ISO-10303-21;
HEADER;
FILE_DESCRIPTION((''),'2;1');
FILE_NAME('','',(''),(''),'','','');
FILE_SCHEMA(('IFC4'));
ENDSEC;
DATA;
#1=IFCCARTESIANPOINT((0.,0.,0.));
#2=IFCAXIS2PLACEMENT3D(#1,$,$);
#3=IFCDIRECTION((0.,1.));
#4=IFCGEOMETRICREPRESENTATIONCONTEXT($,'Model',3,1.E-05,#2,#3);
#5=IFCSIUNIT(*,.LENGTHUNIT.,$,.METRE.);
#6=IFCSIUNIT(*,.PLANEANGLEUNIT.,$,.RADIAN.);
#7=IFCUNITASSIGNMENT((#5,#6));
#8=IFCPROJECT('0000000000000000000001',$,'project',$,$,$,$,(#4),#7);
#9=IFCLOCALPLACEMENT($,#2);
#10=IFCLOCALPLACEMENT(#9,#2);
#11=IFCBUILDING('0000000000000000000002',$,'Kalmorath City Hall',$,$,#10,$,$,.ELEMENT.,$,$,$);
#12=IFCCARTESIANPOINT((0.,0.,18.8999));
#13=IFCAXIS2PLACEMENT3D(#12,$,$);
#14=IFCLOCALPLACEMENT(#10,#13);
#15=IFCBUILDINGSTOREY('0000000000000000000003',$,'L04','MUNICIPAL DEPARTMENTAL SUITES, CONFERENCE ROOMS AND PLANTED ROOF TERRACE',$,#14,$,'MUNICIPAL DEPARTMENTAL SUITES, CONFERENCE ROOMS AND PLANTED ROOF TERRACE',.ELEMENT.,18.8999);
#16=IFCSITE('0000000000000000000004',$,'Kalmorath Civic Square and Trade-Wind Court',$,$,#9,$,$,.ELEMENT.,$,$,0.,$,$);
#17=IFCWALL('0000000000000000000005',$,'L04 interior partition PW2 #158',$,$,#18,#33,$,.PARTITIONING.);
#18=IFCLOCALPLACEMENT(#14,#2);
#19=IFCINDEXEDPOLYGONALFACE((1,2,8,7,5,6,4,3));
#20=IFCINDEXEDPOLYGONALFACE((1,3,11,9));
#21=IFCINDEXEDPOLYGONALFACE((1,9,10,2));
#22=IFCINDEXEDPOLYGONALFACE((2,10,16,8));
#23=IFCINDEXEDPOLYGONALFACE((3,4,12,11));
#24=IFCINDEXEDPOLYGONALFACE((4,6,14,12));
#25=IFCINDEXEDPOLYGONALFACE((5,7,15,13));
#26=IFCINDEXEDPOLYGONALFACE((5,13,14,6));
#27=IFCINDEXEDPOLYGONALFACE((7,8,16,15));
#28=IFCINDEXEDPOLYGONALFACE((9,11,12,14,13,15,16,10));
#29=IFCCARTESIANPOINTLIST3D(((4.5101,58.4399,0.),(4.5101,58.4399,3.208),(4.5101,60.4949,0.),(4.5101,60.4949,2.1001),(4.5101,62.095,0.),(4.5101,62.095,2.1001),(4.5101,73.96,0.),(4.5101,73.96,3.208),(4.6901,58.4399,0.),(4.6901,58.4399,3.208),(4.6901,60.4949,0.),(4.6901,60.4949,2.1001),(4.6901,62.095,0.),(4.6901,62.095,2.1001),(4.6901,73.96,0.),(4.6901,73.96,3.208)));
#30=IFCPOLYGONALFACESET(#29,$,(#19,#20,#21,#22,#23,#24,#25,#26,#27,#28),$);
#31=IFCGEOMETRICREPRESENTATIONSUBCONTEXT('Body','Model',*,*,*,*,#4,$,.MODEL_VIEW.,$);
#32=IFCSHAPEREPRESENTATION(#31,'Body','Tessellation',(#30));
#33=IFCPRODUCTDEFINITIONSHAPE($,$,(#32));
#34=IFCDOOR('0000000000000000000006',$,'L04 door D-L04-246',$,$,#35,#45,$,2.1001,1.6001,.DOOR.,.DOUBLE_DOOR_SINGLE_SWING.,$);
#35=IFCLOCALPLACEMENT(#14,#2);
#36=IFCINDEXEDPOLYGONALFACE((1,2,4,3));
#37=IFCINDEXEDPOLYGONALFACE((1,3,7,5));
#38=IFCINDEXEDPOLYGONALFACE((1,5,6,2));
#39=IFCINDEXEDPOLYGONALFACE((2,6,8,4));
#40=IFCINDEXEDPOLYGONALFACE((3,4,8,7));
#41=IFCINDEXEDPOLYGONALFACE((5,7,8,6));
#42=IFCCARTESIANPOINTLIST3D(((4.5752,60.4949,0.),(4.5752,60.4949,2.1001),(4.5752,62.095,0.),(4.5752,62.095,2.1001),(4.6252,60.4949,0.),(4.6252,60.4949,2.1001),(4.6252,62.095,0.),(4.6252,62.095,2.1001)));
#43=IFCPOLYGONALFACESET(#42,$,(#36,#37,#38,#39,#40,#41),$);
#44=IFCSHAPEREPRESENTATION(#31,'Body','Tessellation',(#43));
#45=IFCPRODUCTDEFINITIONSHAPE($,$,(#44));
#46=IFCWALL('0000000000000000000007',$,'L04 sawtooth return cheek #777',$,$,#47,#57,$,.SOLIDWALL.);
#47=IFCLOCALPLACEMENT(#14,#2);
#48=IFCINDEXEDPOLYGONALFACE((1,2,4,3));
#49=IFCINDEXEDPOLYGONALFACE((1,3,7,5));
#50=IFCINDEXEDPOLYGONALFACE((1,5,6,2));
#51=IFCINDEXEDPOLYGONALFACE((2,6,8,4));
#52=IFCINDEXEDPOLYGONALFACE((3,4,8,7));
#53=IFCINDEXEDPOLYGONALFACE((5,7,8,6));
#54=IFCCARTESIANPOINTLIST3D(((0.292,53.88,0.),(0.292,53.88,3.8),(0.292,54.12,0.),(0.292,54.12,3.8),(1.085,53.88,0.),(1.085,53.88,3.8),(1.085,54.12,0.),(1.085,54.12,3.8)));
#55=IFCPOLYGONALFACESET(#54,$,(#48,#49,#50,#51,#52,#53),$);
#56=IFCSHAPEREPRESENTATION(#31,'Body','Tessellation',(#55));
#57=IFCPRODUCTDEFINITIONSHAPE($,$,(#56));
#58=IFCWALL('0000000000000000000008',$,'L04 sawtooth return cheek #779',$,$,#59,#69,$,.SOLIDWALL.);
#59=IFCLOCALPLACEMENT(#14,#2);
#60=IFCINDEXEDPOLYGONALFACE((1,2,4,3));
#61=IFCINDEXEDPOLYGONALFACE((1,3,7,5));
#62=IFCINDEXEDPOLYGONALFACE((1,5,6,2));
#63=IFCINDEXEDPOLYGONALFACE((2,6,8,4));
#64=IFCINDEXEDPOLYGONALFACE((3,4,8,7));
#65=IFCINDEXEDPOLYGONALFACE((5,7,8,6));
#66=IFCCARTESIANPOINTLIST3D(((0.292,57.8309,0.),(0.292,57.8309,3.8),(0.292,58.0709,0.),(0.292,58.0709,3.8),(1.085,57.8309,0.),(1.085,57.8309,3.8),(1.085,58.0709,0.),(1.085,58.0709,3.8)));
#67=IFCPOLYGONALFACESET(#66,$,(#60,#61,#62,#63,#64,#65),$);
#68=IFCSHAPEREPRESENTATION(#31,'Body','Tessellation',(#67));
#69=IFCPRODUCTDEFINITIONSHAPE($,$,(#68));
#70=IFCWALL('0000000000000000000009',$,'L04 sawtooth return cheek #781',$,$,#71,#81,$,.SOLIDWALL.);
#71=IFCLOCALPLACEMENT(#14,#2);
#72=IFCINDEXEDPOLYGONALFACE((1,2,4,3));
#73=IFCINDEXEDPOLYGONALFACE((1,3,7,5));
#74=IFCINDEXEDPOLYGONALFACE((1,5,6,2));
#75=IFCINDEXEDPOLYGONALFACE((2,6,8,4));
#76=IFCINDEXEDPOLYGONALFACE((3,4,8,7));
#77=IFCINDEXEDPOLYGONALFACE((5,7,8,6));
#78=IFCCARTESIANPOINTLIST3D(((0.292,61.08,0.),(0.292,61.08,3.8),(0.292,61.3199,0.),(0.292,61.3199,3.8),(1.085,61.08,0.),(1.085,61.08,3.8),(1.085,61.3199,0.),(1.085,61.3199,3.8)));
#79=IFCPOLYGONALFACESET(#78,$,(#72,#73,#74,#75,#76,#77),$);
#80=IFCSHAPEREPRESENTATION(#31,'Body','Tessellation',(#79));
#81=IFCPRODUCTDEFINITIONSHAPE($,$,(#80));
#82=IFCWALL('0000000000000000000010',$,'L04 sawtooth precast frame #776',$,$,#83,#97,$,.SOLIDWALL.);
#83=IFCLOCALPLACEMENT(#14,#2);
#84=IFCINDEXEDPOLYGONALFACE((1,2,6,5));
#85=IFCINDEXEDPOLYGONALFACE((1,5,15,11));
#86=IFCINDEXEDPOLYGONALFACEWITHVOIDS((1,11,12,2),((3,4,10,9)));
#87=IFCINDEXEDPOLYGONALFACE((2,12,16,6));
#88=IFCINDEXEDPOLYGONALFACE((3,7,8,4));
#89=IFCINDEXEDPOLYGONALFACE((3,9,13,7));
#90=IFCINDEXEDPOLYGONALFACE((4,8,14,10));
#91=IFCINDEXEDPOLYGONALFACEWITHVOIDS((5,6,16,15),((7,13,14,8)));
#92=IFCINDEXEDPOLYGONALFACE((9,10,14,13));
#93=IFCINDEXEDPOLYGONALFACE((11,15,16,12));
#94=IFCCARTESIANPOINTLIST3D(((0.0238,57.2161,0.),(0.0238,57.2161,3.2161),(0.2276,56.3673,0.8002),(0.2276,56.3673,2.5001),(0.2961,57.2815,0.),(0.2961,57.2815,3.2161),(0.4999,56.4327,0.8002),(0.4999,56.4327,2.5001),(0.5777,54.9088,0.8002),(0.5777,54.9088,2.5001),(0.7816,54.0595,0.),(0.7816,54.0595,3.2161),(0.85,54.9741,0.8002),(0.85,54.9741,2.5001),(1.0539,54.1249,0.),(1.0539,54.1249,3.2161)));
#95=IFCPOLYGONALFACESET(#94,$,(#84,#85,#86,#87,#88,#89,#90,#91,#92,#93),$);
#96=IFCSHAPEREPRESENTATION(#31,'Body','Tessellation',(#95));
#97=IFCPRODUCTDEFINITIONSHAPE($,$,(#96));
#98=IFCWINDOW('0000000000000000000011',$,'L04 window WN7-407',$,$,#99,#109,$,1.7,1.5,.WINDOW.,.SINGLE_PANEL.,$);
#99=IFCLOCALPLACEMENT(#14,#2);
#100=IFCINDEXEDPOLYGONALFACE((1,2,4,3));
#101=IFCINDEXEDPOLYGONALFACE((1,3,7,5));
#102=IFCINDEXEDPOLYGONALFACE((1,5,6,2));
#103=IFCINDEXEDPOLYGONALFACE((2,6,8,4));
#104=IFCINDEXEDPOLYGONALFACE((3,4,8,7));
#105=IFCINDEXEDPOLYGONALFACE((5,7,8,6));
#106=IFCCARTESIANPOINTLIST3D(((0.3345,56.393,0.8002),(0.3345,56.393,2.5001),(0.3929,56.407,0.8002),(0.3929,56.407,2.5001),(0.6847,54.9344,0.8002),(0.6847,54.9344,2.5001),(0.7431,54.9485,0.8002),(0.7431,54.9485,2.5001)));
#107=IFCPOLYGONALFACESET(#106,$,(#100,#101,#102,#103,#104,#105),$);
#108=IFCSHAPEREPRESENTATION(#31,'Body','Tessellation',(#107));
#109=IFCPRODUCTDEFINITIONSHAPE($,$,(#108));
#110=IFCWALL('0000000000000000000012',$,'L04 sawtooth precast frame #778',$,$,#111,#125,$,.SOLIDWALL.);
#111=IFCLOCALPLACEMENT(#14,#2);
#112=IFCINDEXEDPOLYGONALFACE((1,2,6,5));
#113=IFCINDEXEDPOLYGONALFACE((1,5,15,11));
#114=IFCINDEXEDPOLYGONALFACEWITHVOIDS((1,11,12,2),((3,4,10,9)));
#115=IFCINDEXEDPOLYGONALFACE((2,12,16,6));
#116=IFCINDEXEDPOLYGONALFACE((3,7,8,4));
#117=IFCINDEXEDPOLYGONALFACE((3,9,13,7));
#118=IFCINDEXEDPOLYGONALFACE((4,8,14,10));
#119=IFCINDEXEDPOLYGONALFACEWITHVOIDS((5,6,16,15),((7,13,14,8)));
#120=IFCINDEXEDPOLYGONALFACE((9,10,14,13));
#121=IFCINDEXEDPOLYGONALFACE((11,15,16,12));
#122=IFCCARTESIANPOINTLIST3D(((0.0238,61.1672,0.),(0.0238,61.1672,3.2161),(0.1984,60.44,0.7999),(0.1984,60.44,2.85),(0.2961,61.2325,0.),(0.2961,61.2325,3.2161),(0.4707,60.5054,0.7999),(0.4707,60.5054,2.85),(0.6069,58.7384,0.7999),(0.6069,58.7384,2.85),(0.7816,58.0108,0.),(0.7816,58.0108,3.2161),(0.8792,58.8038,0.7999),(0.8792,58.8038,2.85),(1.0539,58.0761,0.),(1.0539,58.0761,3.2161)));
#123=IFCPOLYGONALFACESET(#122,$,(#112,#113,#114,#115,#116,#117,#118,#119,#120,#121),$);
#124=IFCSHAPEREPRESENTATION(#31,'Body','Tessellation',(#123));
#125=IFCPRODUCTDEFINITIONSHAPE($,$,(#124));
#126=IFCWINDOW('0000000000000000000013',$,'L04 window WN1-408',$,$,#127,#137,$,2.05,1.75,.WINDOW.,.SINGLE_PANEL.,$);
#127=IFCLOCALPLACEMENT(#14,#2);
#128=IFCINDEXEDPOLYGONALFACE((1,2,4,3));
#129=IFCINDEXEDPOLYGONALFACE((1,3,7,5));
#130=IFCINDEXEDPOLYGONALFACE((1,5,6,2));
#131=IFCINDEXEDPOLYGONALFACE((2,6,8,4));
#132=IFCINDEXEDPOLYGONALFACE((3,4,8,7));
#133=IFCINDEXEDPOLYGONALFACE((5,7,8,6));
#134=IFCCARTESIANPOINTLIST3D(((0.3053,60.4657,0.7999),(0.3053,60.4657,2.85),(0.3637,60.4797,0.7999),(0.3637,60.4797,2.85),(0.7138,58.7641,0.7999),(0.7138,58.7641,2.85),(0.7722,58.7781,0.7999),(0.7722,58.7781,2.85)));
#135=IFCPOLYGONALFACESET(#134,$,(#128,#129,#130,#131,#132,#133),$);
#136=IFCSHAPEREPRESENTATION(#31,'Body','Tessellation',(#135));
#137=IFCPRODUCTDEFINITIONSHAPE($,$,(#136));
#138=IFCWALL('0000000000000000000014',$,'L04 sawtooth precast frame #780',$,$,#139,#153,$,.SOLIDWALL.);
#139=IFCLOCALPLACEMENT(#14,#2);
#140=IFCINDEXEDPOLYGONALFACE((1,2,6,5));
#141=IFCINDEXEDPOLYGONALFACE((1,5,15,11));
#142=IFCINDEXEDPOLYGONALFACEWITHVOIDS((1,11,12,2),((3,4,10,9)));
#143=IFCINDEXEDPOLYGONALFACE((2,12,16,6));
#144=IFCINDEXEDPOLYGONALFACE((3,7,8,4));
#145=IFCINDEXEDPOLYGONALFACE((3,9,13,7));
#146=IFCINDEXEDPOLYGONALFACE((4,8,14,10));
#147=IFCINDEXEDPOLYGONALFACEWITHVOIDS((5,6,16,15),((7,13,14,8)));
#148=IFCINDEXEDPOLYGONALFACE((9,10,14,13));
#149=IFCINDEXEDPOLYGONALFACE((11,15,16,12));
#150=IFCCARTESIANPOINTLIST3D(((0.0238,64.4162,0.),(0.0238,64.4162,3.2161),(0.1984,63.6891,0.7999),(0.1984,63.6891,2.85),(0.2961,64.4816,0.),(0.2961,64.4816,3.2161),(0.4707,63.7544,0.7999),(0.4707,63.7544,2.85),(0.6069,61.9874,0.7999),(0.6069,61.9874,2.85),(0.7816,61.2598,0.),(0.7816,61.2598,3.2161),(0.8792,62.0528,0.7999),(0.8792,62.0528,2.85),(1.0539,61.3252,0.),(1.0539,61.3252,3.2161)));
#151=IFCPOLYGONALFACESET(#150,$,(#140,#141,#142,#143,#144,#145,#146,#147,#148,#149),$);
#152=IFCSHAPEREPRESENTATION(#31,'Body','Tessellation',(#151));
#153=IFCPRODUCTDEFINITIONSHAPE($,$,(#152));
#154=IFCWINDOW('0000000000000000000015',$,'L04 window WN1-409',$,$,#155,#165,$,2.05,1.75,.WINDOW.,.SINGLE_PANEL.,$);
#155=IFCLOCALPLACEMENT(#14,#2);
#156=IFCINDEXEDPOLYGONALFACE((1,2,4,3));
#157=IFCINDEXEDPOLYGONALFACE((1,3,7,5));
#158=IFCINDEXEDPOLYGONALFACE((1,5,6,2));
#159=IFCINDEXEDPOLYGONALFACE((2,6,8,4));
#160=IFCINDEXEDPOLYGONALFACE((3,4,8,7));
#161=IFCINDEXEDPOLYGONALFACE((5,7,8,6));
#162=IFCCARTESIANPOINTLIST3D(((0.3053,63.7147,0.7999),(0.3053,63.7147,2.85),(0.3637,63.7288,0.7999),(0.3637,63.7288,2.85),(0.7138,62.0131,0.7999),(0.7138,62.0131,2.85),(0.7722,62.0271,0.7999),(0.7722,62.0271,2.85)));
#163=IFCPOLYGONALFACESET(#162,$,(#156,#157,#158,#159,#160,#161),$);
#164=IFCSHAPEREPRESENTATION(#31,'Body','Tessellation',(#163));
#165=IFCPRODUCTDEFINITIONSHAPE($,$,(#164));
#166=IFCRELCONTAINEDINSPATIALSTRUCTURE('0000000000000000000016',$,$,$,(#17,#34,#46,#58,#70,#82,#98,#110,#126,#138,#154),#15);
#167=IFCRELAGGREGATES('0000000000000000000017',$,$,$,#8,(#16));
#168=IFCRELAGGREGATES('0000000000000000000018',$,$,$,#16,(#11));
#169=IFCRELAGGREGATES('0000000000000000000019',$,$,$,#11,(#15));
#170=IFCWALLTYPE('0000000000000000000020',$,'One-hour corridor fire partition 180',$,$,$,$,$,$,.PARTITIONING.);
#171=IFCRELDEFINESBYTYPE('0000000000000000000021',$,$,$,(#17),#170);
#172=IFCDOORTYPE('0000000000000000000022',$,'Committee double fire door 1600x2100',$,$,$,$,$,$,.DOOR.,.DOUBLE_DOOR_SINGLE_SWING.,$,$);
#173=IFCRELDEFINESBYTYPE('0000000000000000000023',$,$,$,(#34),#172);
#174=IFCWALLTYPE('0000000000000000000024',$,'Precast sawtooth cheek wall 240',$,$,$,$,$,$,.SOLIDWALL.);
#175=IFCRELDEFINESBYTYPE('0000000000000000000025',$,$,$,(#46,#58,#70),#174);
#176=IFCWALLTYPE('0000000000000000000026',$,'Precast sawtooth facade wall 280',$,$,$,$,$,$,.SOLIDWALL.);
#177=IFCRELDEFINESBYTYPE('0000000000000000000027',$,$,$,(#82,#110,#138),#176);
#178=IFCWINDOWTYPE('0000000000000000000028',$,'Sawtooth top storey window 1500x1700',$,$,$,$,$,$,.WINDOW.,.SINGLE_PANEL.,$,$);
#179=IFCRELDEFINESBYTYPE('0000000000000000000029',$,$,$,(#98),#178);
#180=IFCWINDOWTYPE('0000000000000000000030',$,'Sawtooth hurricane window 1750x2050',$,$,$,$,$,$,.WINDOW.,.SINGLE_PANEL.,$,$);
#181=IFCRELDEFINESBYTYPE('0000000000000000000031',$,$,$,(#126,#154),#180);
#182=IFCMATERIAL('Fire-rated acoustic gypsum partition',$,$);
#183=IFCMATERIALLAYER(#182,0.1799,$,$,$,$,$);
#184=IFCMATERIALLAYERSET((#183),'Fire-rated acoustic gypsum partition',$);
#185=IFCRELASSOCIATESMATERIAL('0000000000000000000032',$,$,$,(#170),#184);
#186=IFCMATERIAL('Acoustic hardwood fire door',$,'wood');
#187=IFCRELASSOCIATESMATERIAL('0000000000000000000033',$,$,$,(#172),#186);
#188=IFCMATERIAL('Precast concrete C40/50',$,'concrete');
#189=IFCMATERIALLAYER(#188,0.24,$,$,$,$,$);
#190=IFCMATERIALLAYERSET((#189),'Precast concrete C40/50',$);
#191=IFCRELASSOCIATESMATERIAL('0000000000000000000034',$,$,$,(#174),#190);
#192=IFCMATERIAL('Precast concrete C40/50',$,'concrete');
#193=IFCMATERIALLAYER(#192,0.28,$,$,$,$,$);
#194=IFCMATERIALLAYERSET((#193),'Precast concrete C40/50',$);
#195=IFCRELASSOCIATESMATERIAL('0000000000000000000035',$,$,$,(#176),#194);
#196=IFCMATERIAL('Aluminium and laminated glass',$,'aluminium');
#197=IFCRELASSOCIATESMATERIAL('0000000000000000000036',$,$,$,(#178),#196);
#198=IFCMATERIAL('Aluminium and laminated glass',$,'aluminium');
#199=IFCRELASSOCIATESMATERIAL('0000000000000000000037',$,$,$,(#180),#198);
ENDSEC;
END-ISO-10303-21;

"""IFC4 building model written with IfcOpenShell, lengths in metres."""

from ifc_helpers import new_model, si_unit, direction, frame, frame_2d, origin, place, context, subcontext, project, spatial, rectangle, extrude, material, layer, layer_set, type_object, element, fill, save


model = new_model("IFC4")

# Units and contexts
model_context = context("Model", 3, precision=1e-05, world=origin(), true_north=direction((0.0, 1.0)))
body_context = subcontext(model_context, "Body", "Model", "MODEL_VIEW")
ifc_project = project(units=[si_unit("LENGTHUNIT", "METRE"), si_unit("PLANEANGLEUNIT", "RADIAN")], contexts=[model_context])

# Site, building, storey
site_placement = place(None, origin())
site = spatial("IfcSite", under=ifc_project, at=site_placement, Name="Kalmorath Civic Square and Trade-Wind Court", CompositionType="ELEMENT", RefElevation=0.0)
building_placement = place(site_placement, origin())
building = spatial("IfcBuilding", under=site, at=building_placement, Name="Kalmorath City Hall", CompositionType="ELEMENT")
storey_placement = place(building_placement, frame((0.0, 0.0, 18.8999)))
storey = spatial("IfcBuildingStorey", under=building, at=storey_placement, Name="L04", Description="MUNICIPAL DEPARTMENTAL SUITES, CONFERENCE ROOMS AND PLANTED ROOF TERRACE", LongName="MUNICIPAL DEPARTMENTAL SUITES, CONFERENCE ROOMS AND PLANTED ROOF TERRACE", CompositionType="ELEMENT", Elevation=18.8999)

# Wall, opening, door
ifc_material_1 = material(Name="Fire-rated acoustic gypsum partition")
ifc_layer_1 = layer(ifc_material_1, 0.1799)
ifc_layer_set_1 = layer_set([ifc_layer_1], Name="Fire-rated acoustic gypsum partition")
wall_type_1 = type_object("IfcWallType", Name="One-hour corridor fire partition 180", PredefinedType="PARTITIONING", material=ifc_layer_set_1)
wall_1_placement = place(storey_placement, frame((4.6001, 58.4399, 0.0), z_axis=(0.0, 0.0, 1.0), x_axis=(0.0, 1.0, 0.0)))
wall_1 = element("IfcWall", 1, at=wall_1_placement, inside=storey, type_object=wall_type_1, Name="L04 interior partition PW2 #158", PredefinedType="PARTITIONING", context=body_context, shape_type="SweptSolid", body=[
    extrude(rectangle(XDim=15.52, YDim=0.1799, at=frame_2d((7.76, 0.0))), origin(), (0.0, 0.0, 1.0), 3.208),
])
opening_1_placement = place(wall_1_placement, frame((2.0549, 0.0, 0.0)))
opening_1 = element("IfcOpeningElement", 2, at=opening_1_placement, cuts=wall_1, PredefinedType="OPENING", context=body_context, shape_type="SweptSolid", body=[
    extrude(rectangle(XDim=1.6001, YDim=2.1001, at=frame_2d((0.8, 1.05))), frame((0.0, 0.0999, 0.0), z_axis=(0.0, -1.0, 0.0), x_axis=(1.0, 0.0, 0.0)), (0.0, 0.0, 1.0), 0.2),
])
ifc_material_2 = material(Name="Acoustic hardwood fire door", Category="wood")
door_type_1 = type_object("IfcDoorType", Name="Committee double fire door 1600x2100", OperationType="DOUBLE_DOOR_SINGLE_SWING", PredefinedType="DOOR", material=ifc_material_2)
door_1_placement = place(opening_1_placement, origin())
door_1 = element("IfcDoor", 3, at=door_1_placement, inside=storey, type_object=door_type_1, Name="L04 door D-L04-246", OperationType="DOUBLE_DOOR_SINGLE_SWING", OverallHeight=2.1001, OverallWidth=1.6001, PredefinedType="DOOR", context=body_context, shape_type="SweptSolid", body=[
    extrude(rectangle(XDim=1.6001, YDim=2.1001, at=frame_2d((0.8, 1.05))), frame((0.0, 0.0249, 0.0), z_axis=(0.0, -1.0, 0.0), x_axis=(1.0, 0.0, 0.0)), (0.0, 0.0, 1.0), 0.05),
])
fill(opening_1, door_1)

# Walls
ifc_material_3 = material(Name="Precast concrete C40/50", Category="concrete")
ifc_layer_2 = layer(ifc_material_3, 0.24)
ifc_layer_set_2 = layer_set([ifc_layer_2], Name="Precast concrete C40/50")
wall_type_2 = type_object("IfcWallType", Name="Precast sawtooth cheek wall 240", PredefinedType="SOLIDWALL", material=ifc_layer_set_2)
for number, where, z_axis, x_axis, name in (
    (4, (1.085, 54.0, 0.0), (0.0, 0.0, 1.0), (-1.0, 0.0, 0.0), "L04 sawtooth return cheek #777"),
    (5, (1.085, 57.9509, 0.0), (0.0, 0.0, 1.0), (-1.0, 0.0, 0.0), "L04 sawtooth return cheek #779"),
    (6, (1.085, 61.2, 0.0), (0.0, 0.0, 1.0), (-1.0, 0.0, 0.0), "L04 sawtooth return cheek #781"),
):
    element("IfcWall", number, at=place(storey_placement, frame(where, z_axis=z_axis, x_axis=x_axis)), inside=storey, type_object=wall_type_2, Name=name, PredefinedType="SOLIDWALL", context=body_context, shape_type="SweptSolid", body=[
        extrude(rectangle(XDim=0.793, YDim=0.24, at=frame_2d((0.3965, 0.0))), origin(), (0.0, 0.0, 1.0), 3.8),
    ])

# Walls, openings, windows
ifc_material_4 = material(Name="Precast concrete C40/50", Category="concrete")
ifc_layer_3 = layer(ifc_material_4, 0.28)
ifc_layer_set_3 = layer_set([ifc_layer_3], Name="Precast concrete C40/50")
wall_type_3 = type_object("IfcWallType", Name="Precast sawtooth facade wall 280", PredefinedType="SOLIDWALL", material=ifc_layer_set_3)
wall_2_placement = place(storey_placement, frame((0.9177, 54.0923, 0.0), z_axis=(0.0, 0.0, 1.0), x_axis=(-0.23343, 0.972374, 0.0)))
wall_2 = element("IfcWall", 7, at=wall_2_placement, inside=storey, type_object=wall_type_3, Name="L04 sawtooth precast frame #776", PredefinedType="SOLIDWALL", context=body_context, shape_type="SweptSolid", body=[
    extrude(rectangle(XDim=3.2463, YDim=0.28, at=frame_2d((1.623, 0.0))), origin(), (0.0, 0.0, 1.0), 3.2161),
])
opening_2_placement = place(wall_2_placement, frame((0.8733, 0.0, 0.8)))
opening_2 = element("IfcOpeningElement", 8, at=opening_2_placement, cuts=wall_2, PredefinedType="OPENING", context=body_context, shape_type="SweptSolid", body=[
    extrude(rectangle(XDim=1.5, YDim=1.7, at=frame_2d((0.75, 0.8501))), frame((0.0, 0.1499, 0.0), z_axis=(0.0, -1.0, 0.0), x_axis=(1.0, 0.0, 0.0)), (0.0, 0.0, 1.0), 0.3),
])
ifc_material_5 = material(Name="Aluminium and laminated glass", Category="aluminium")
window_type_1 = type_object("IfcWindowType", Name="Sawtooth top storey window 1500x1700", PartitioningType="SINGLE_PANEL", PredefinedType="WINDOW", material=ifc_material_5)
window_1_placement = place(opening_2_placement, origin())
window_1 = element("IfcWindow", 9, at=window_1_placement, inside=storey, type_object=window_type_1, Name="L04 window WN7-407", OverallHeight=1.7, OverallWidth=1.5, PartitioningType="SINGLE_PANEL", PredefinedType="WINDOW", context=body_context, shape_type="SweptSolid", body=[
    extrude(rectangle(XDim=1.5, YDim=1.7, at=frame_2d((0.75, 0.8501))), frame((0.0, 0.03, 0.0), z_axis=(0.0, -1.0, 0.0), x_axis=(1.0, 0.0, 0.0)), (0.0, 0.0, 1.0), 0.0601),
])
fill(opening_2, window_1)
wall_3_placement = place(storey_placement, frame((0.9177, 58.0435, 0.0), z_axis=(0.0, 0.0, 1.0), x_axis=(-0.233447, 0.97237, 0.0)))
wall_3 = element("IfcWall", 10, at=wall_3_placement, inside=storey, type_object=wall_type_3, Name="L04 sawtooth precast frame #778", PredefinedType="SOLIDWALL", context=body_context, shape_type="SweptSolid", body=[
    extrude(rectangle(XDim=3.2461, YDim=0.28, at=frame_2d((1.623, 0.0))), origin(), (0.0, 0.0, 1.0), 3.2161),
])
opening_3_placement = place(wall_3_placement, frame((0.7483, 0.0, 0.8)))
opening_3 = element("IfcOpeningElement", 11, at=opening_3_placement, cuts=wall_3, PredefinedType="OPENING", context=body_context, shape_type="SweptSolid", body=[
    extrude(rectangle(XDim=1.75, YDim=2.05, at=frame_2d((0.875, 1.0249))), frame((0.0, 0.1499, 0.0), z_axis=(0.0, -1.0, 0.0), x_axis=(1.0, 0.0, 0.0)), (0.0, 0.0, 1.0), 0.3),
])
ifc_material_6 = material(Name="Aluminium and laminated glass", Category="aluminium")
window_type_2 = type_object("IfcWindowType", Name="Sawtooth hurricane window 1750x2050", PartitioningType="SINGLE_PANEL", PredefinedType="WINDOW", material=ifc_material_6)
window_2_placement = place(opening_3_placement, origin())
window_2 = element("IfcWindow", 12, at=window_2_placement, inside=storey, type_object=window_type_2, Name="L04 window WN1-408", OverallHeight=2.05, OverallWidth=1.75, PartitioningType="SINGLE_PANEL", PredefinedType="WINDOW", context=body_context, shape_type="SweptSolid", body=[
    extrude(rectangle(XDim=1.75, YDim=2.05, at=frame_2d((0.875, 1.0249))), frame((0.0, 0.03, 0.0), z_axis=(0.0, -1.0, 0.0), x_axis=(1.0, 0.0, 0.0)), (0.0, 0.0, 1.0), 0.0601),
])
fill(opening_3, window_2)
wall_4_placement = place(storey_placement, frame((0.9177, 61.2925, 0.0), z_axis=(0.0, 0.0, 1.0), x_axis=(-0.233447, 0.97237, 0.0)))
wall_4 = element("IfcWall", 13, at=wall_4_placement, inside=storey, type_object=wall_type_3, Name="L04 sawtooth precast frame #780", PredefinedType="SOLIDWALL", context=body_context, shape_type="SweptSolid", body=[
    extrude(rectangle(XDim=3.2461, YDim=0.28, at=frame_2d((1.623, 0.0))), origin(), (0.0, 0.0, 1.0), 3.2161),
])
opening_4_placement = place(wall_4_placement, frame((0.7483, 0.0, 0.8)))
opening_4 = element("IfcOpeningElement", 14, at=opening_4_placement, cuts=wall_4, PredefinedType="OPENING", context=body_context, shape_type="SweptSolid", body=[
    extrude(rectangle(XDim=1.75, YDim=2.05, at=frame_2d((0.875, 1.0249))), frame((0.0, 0.1499, 0.0), z_axis=(0.0, -1.0, 0.0), x_axis=(1.0, 0.0, 0.0)), (0.0, 0.0, 1.0), 0.3),
])
window_3_placement = place(opening_4_placement, origin())
window_3 = element("IfcWindow", 15, at=window_3_placement, inside=storey, type_object=window_type_2, Name="L04 window WN1-409", OverallHeight=2.05, OverallWidth=1.75, PartitioningType="SINGLE_PANEL", PredefinedType="WINDOW", context=body_context, shape_type="SweptSolid", body=[
    extrude(rectangle(XDim=1.75, YDim=2.05, at=frame_2d((0.875, 1.0249))), frame((0.0, 0.03, 0.0), z_axis=(0.0, -1.0, 0.0), x_axis=(1.0, 0.0, 0.0)), (0.0, 0.0, 1.0), 0.0601),
])
fill(opening_4, window_3)

save(model, "model.ifc")
